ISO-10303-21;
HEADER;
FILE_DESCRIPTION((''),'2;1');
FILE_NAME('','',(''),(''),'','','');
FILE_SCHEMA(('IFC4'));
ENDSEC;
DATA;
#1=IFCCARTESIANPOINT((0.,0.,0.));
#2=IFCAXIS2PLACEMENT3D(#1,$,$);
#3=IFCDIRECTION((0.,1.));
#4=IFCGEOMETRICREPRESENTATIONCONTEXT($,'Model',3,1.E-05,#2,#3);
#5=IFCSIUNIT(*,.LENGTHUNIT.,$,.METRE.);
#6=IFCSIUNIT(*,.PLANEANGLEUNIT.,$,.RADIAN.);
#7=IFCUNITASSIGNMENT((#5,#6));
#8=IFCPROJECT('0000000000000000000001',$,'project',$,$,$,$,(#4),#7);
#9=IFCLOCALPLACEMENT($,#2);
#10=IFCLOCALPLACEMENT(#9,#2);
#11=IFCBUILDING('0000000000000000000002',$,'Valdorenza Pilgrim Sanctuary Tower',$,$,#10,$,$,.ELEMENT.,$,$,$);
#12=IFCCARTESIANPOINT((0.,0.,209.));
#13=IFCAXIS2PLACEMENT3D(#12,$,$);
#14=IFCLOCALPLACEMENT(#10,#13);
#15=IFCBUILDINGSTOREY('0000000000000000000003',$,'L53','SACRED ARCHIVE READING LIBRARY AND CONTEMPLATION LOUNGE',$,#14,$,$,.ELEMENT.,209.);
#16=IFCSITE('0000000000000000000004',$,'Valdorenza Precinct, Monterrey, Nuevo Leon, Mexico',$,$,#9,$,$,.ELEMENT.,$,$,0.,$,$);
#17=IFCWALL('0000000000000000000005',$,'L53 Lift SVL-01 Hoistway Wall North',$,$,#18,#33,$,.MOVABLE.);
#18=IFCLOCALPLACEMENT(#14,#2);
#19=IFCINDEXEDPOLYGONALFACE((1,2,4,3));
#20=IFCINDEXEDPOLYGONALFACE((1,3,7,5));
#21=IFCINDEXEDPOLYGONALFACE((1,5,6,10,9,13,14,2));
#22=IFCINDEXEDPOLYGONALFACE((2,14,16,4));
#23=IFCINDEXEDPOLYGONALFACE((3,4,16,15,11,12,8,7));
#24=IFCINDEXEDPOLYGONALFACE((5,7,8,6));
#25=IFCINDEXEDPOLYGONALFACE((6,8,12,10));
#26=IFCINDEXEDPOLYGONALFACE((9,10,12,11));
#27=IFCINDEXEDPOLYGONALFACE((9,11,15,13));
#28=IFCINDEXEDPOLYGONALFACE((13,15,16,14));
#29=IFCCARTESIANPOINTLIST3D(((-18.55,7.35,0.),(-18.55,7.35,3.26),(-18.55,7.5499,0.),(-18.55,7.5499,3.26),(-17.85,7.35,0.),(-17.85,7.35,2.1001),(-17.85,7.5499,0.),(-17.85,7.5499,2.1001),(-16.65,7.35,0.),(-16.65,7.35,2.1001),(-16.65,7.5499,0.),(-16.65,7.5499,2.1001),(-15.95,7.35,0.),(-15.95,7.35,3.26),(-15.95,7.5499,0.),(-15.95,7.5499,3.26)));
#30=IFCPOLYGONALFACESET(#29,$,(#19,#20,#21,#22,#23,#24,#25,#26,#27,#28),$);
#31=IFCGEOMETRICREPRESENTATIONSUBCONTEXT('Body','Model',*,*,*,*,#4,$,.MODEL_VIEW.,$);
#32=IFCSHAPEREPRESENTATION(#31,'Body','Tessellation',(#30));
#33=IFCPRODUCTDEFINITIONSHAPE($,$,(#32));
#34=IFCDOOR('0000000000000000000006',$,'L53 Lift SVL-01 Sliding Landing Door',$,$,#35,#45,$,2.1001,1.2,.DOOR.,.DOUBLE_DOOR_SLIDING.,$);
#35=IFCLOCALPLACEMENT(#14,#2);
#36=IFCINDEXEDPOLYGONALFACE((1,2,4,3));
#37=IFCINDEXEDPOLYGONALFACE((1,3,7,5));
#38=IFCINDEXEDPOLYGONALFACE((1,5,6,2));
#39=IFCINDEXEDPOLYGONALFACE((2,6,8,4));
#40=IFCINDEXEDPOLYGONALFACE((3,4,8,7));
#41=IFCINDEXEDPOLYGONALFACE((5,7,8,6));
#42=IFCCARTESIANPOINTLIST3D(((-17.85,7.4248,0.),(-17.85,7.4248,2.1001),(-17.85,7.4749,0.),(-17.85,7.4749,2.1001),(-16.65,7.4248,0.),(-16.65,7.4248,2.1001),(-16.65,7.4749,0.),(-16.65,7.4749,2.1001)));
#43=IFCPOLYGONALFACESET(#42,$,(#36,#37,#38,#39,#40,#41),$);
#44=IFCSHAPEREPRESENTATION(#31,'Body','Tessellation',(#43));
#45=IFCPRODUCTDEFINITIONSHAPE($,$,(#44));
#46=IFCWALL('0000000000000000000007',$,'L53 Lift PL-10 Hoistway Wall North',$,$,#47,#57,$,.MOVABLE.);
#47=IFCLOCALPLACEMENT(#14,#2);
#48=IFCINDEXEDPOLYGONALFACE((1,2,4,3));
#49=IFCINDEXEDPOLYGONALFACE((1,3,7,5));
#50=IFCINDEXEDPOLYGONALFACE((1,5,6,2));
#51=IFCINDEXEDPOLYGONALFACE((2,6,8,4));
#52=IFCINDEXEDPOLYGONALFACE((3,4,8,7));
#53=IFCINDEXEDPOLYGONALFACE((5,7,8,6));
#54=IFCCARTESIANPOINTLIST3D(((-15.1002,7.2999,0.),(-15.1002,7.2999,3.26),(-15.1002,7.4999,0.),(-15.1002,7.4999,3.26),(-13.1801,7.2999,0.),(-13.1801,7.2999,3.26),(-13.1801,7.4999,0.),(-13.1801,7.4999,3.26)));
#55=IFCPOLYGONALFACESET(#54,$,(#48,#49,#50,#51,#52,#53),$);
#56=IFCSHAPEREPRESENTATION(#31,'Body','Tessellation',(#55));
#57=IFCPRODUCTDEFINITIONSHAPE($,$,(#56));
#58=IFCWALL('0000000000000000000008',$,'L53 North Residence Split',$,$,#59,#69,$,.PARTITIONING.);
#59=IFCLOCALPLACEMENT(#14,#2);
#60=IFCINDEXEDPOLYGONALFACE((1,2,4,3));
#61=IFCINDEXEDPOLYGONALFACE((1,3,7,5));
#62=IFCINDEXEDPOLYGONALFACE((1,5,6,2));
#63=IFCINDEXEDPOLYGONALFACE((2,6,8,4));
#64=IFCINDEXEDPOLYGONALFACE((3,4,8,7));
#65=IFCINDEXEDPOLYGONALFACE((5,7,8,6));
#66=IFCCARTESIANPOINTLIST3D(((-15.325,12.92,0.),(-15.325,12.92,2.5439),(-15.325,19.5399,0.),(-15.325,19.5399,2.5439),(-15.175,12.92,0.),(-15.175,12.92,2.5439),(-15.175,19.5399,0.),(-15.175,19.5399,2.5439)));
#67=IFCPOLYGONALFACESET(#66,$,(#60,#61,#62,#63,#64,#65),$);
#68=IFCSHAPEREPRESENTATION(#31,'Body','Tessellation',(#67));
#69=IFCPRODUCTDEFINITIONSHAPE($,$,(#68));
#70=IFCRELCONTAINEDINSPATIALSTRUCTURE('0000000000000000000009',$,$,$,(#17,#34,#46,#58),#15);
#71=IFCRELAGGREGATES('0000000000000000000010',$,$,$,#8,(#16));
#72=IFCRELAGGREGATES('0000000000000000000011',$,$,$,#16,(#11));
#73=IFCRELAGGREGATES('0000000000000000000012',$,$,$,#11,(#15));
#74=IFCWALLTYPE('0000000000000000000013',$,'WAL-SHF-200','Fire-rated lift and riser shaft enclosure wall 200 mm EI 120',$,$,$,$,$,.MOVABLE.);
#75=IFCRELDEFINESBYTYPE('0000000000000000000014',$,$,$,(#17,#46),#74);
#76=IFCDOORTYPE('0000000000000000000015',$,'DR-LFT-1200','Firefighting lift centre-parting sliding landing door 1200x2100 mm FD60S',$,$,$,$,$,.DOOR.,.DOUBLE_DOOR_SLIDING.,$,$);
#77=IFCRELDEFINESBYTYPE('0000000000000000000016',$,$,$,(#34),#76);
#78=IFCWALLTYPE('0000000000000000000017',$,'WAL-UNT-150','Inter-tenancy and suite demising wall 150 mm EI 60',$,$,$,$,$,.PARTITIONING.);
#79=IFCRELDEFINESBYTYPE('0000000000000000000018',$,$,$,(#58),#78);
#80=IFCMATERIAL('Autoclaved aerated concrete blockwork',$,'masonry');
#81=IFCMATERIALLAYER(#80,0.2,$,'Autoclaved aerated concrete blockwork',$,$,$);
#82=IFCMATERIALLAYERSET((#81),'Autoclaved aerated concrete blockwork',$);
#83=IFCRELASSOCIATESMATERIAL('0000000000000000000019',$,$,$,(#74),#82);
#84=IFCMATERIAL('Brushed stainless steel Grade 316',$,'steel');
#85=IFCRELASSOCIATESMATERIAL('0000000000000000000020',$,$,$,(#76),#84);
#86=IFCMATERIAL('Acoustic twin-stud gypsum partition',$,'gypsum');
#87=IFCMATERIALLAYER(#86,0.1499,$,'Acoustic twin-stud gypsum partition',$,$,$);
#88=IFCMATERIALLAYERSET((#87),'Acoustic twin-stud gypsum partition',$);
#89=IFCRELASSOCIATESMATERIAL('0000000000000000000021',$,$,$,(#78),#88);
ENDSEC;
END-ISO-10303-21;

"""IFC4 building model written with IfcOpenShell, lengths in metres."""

from ifc_helpers import new_model, si_unit, direction, frame, frame_2d, origin, place, context, subcontext, project, spatial, rectangle, extrude, material, layer, layer_set, type_object, element, fill, save


model = new_model("IFC4")

# Units and contexts
model_context = context("Model", 3, precision=1e-05, world=origin(), true_north=direction((0.0, 1.0)))
body_context = subcontext(model_context, "Body", "Model", "MODEL_VIEW")
ifc_project = project(units=[si_unit("LENGTHUNIT", "METRE"), si_unit("PLANEANGLEUNIT", "RADIAN")], contexts=[model_context])

# Site, building, storey
site_placement = place(None, origin())
site = spatial("IfcSite", under=ifc_project, at=site_placement, Name="Valdorenza Precinct, Monterrey, Nuevo Leon, Mexico", CompositionType="ELEMENT", RefElevation=0.0)
building_placement = place(site_placement, origin())
building = spatial("IfcBuilding", under=site, at=building_placement, Name="Valdorenza Pilgrim Sanctuary Tower", CompositionType="ELEMENT")
storey_placement = place(building_placement, frame((0.0, 0.0, 209.0)))
storey = spatial("IfcBuildingStorey", under=building, at=storey_placement, Name="L53", Description="SACRED ARCHIVE READING LIBRARY AND CONTEMPLATION LOUNGE", CompositionType="ELEMENT", Elevation=209.0)

# Shared definitions
ifc_material_1 = material(Name="Acoustic twin-stud gypsum partition", Category="gypsum")

# Wall, opening, door
ifc_material_2 = material(Name="Autoclaved aerated concrete blockwork", Category="masonry")
ifc_layer_1 = layer(ifc_material_2, 0.2, Name="Autoclaved aerated concrete blockwork")
ifc_layer_set_1 = layer_set([ifc_layer_1], Name="Autoclaved aerated concrete blockwork")
wall_type_1 = type_object("IfcWallType", Name="WAL-SHF-200", Description="Fire-rated lift and riser shaft enclosure wall 200 mm EI 120", PredefinedType="MOVABLE", material=ifc_layer_set_1)
wall_1_placement = place(storey_placement, frame((-18.55, 7.45, 0.0), z_axis=(0.0, 0.0, 1.0), x_axis=(1.0, 0.0, 0.0)))
wall_1 = element("IfcWall", 1, at=wall_1_placement, inside=storey, type_object=wall_type_1, Name="L53 Lift SVL-01 Hoistway Wall North", PredefinedType="MOVABLE", context=body_context, shape_type="SweptSolid", body=[
    extrude(rectangle(XDim=2.6001, YDim=0.2, at=frame_2d((1.3, 0.0))), origin(), (0.0, 0.0, 1.0), 3.26),
])
opening_1_placement = place(wall_1_placement, frame((0.7, 0.0, 0.0)))
opening_1 = element("IfcOpeningElement", 2, at=opening_1_placement, cuts=wall_1, PredefinedType="OPENING", context=body_context, shape_type="SweptSolid", body=[
    extrude(rectangle(XDim=1.2, YDim=2.1001, at=frame_2d((0.6001, 1.05))), frame((0.0, 0.1147, 0.0), z_axis=(0.0, -1.0, 0.0), x_axis=(1.0, 0.0, 0.0)), (0.0, 0.0, 1.0), 0.2297),
])
ifc_material_3 = material(Name="Brushed stainless steel Grade 316", Category="steel")
door_type_1 = type_object("IfcDoorType", Name="DR-LFT-1200", Description="Firefighting lift centre-parting sliding landing door 1200x2100 mm FD60S", OperationType="DOUBLE_DOOR_SLIDING", PredefinedType="DOOR", material=ifc_material_3)
door_1_placement = place(opening_1_placement, origin())
door_1 = element("IfcDoor", 3, at=door_1_placement, inside=storey, type_object=door_type_1, Name="L53 Lift SVL-01 Sliding Landing Door", OperationType="DOUBLE_DOOR_SLIDING", OverallHeight=2.1001, OverallWidth=1.2, PredefinedType="DOOR", context=body_context, shape_type="SweptSolid", body=[
    extrude(rectangle(XDim=1.2, YDim=2.1001, at=frame_2d((0.6001, 1.05))), frame((0.0, 0.0249, 0.0), z_axis=(0.0, -1.0, 0.0), x_axis=(1.0, 0.0, 0.0)), (0.0, 0.0, 1.0), 0.05),
])
fill(opening_1, door_1)

# Walls
wall_2_placement = place(storey_placement, frame((-15.1001, 7.3999, 0.0), z_axis=(0.0, 0.0, 1.0), x_axis=(1.0, 0.0, 0.0)))
element("IfcWall", 4, at=wall_2_placement, inside=storey, type_object=wall_type_1, Name="L53 Lift PL-10 Hoistway Wall North", PredefinedType="MOVABLE", context=body_context, shape_type="SweptSolid", body=[
    extrude(rectangle(XDim=1.9202, YDim=0.2, at=frame_2d((0.96, 0.0))), origin(), (0.0, 0.0, 1.0), 3.26),
])
ifc_layer_2 = layer(ifc_material_1, 0.1499, Name="Acoustic twin-stud gypsum partition")
ifc_layer_set_2 = layer_set([ifc_layer_2], Name="Acoustic twin-stud gypsum partition")
wall_type_2 = type_object("IfcWallType", Name="WAL-UNT-150", Description="Inter-tenancy and suite demising wall 150 mm EI 60", PredefinedType="PARTITIONING", material=ifc_layer_set_2)
wall_3_placement = place(storey_placement, frame((-15.25, 12.9199, 0.0), z_axis=(0.0, 0.0, 1.0), x_axis=(0.0, 1.0, 0.0)))
element("IfcWall", 5, at=wall_3_placement, inside=storey, type_object=wall_type_2, Name="L53 North Residence Split", PredefinedType="PARTITIONING", context=body_context, shape_type="SweptSolid", body=[
    extrude(rectangle(XDim=6.6199, YDim=0.1499, at=frame_2d((3.3101, 0.0))), origin(), (0.0, 0.0, 1.0), 2.5439),
])

save(model, "model.ifc")
